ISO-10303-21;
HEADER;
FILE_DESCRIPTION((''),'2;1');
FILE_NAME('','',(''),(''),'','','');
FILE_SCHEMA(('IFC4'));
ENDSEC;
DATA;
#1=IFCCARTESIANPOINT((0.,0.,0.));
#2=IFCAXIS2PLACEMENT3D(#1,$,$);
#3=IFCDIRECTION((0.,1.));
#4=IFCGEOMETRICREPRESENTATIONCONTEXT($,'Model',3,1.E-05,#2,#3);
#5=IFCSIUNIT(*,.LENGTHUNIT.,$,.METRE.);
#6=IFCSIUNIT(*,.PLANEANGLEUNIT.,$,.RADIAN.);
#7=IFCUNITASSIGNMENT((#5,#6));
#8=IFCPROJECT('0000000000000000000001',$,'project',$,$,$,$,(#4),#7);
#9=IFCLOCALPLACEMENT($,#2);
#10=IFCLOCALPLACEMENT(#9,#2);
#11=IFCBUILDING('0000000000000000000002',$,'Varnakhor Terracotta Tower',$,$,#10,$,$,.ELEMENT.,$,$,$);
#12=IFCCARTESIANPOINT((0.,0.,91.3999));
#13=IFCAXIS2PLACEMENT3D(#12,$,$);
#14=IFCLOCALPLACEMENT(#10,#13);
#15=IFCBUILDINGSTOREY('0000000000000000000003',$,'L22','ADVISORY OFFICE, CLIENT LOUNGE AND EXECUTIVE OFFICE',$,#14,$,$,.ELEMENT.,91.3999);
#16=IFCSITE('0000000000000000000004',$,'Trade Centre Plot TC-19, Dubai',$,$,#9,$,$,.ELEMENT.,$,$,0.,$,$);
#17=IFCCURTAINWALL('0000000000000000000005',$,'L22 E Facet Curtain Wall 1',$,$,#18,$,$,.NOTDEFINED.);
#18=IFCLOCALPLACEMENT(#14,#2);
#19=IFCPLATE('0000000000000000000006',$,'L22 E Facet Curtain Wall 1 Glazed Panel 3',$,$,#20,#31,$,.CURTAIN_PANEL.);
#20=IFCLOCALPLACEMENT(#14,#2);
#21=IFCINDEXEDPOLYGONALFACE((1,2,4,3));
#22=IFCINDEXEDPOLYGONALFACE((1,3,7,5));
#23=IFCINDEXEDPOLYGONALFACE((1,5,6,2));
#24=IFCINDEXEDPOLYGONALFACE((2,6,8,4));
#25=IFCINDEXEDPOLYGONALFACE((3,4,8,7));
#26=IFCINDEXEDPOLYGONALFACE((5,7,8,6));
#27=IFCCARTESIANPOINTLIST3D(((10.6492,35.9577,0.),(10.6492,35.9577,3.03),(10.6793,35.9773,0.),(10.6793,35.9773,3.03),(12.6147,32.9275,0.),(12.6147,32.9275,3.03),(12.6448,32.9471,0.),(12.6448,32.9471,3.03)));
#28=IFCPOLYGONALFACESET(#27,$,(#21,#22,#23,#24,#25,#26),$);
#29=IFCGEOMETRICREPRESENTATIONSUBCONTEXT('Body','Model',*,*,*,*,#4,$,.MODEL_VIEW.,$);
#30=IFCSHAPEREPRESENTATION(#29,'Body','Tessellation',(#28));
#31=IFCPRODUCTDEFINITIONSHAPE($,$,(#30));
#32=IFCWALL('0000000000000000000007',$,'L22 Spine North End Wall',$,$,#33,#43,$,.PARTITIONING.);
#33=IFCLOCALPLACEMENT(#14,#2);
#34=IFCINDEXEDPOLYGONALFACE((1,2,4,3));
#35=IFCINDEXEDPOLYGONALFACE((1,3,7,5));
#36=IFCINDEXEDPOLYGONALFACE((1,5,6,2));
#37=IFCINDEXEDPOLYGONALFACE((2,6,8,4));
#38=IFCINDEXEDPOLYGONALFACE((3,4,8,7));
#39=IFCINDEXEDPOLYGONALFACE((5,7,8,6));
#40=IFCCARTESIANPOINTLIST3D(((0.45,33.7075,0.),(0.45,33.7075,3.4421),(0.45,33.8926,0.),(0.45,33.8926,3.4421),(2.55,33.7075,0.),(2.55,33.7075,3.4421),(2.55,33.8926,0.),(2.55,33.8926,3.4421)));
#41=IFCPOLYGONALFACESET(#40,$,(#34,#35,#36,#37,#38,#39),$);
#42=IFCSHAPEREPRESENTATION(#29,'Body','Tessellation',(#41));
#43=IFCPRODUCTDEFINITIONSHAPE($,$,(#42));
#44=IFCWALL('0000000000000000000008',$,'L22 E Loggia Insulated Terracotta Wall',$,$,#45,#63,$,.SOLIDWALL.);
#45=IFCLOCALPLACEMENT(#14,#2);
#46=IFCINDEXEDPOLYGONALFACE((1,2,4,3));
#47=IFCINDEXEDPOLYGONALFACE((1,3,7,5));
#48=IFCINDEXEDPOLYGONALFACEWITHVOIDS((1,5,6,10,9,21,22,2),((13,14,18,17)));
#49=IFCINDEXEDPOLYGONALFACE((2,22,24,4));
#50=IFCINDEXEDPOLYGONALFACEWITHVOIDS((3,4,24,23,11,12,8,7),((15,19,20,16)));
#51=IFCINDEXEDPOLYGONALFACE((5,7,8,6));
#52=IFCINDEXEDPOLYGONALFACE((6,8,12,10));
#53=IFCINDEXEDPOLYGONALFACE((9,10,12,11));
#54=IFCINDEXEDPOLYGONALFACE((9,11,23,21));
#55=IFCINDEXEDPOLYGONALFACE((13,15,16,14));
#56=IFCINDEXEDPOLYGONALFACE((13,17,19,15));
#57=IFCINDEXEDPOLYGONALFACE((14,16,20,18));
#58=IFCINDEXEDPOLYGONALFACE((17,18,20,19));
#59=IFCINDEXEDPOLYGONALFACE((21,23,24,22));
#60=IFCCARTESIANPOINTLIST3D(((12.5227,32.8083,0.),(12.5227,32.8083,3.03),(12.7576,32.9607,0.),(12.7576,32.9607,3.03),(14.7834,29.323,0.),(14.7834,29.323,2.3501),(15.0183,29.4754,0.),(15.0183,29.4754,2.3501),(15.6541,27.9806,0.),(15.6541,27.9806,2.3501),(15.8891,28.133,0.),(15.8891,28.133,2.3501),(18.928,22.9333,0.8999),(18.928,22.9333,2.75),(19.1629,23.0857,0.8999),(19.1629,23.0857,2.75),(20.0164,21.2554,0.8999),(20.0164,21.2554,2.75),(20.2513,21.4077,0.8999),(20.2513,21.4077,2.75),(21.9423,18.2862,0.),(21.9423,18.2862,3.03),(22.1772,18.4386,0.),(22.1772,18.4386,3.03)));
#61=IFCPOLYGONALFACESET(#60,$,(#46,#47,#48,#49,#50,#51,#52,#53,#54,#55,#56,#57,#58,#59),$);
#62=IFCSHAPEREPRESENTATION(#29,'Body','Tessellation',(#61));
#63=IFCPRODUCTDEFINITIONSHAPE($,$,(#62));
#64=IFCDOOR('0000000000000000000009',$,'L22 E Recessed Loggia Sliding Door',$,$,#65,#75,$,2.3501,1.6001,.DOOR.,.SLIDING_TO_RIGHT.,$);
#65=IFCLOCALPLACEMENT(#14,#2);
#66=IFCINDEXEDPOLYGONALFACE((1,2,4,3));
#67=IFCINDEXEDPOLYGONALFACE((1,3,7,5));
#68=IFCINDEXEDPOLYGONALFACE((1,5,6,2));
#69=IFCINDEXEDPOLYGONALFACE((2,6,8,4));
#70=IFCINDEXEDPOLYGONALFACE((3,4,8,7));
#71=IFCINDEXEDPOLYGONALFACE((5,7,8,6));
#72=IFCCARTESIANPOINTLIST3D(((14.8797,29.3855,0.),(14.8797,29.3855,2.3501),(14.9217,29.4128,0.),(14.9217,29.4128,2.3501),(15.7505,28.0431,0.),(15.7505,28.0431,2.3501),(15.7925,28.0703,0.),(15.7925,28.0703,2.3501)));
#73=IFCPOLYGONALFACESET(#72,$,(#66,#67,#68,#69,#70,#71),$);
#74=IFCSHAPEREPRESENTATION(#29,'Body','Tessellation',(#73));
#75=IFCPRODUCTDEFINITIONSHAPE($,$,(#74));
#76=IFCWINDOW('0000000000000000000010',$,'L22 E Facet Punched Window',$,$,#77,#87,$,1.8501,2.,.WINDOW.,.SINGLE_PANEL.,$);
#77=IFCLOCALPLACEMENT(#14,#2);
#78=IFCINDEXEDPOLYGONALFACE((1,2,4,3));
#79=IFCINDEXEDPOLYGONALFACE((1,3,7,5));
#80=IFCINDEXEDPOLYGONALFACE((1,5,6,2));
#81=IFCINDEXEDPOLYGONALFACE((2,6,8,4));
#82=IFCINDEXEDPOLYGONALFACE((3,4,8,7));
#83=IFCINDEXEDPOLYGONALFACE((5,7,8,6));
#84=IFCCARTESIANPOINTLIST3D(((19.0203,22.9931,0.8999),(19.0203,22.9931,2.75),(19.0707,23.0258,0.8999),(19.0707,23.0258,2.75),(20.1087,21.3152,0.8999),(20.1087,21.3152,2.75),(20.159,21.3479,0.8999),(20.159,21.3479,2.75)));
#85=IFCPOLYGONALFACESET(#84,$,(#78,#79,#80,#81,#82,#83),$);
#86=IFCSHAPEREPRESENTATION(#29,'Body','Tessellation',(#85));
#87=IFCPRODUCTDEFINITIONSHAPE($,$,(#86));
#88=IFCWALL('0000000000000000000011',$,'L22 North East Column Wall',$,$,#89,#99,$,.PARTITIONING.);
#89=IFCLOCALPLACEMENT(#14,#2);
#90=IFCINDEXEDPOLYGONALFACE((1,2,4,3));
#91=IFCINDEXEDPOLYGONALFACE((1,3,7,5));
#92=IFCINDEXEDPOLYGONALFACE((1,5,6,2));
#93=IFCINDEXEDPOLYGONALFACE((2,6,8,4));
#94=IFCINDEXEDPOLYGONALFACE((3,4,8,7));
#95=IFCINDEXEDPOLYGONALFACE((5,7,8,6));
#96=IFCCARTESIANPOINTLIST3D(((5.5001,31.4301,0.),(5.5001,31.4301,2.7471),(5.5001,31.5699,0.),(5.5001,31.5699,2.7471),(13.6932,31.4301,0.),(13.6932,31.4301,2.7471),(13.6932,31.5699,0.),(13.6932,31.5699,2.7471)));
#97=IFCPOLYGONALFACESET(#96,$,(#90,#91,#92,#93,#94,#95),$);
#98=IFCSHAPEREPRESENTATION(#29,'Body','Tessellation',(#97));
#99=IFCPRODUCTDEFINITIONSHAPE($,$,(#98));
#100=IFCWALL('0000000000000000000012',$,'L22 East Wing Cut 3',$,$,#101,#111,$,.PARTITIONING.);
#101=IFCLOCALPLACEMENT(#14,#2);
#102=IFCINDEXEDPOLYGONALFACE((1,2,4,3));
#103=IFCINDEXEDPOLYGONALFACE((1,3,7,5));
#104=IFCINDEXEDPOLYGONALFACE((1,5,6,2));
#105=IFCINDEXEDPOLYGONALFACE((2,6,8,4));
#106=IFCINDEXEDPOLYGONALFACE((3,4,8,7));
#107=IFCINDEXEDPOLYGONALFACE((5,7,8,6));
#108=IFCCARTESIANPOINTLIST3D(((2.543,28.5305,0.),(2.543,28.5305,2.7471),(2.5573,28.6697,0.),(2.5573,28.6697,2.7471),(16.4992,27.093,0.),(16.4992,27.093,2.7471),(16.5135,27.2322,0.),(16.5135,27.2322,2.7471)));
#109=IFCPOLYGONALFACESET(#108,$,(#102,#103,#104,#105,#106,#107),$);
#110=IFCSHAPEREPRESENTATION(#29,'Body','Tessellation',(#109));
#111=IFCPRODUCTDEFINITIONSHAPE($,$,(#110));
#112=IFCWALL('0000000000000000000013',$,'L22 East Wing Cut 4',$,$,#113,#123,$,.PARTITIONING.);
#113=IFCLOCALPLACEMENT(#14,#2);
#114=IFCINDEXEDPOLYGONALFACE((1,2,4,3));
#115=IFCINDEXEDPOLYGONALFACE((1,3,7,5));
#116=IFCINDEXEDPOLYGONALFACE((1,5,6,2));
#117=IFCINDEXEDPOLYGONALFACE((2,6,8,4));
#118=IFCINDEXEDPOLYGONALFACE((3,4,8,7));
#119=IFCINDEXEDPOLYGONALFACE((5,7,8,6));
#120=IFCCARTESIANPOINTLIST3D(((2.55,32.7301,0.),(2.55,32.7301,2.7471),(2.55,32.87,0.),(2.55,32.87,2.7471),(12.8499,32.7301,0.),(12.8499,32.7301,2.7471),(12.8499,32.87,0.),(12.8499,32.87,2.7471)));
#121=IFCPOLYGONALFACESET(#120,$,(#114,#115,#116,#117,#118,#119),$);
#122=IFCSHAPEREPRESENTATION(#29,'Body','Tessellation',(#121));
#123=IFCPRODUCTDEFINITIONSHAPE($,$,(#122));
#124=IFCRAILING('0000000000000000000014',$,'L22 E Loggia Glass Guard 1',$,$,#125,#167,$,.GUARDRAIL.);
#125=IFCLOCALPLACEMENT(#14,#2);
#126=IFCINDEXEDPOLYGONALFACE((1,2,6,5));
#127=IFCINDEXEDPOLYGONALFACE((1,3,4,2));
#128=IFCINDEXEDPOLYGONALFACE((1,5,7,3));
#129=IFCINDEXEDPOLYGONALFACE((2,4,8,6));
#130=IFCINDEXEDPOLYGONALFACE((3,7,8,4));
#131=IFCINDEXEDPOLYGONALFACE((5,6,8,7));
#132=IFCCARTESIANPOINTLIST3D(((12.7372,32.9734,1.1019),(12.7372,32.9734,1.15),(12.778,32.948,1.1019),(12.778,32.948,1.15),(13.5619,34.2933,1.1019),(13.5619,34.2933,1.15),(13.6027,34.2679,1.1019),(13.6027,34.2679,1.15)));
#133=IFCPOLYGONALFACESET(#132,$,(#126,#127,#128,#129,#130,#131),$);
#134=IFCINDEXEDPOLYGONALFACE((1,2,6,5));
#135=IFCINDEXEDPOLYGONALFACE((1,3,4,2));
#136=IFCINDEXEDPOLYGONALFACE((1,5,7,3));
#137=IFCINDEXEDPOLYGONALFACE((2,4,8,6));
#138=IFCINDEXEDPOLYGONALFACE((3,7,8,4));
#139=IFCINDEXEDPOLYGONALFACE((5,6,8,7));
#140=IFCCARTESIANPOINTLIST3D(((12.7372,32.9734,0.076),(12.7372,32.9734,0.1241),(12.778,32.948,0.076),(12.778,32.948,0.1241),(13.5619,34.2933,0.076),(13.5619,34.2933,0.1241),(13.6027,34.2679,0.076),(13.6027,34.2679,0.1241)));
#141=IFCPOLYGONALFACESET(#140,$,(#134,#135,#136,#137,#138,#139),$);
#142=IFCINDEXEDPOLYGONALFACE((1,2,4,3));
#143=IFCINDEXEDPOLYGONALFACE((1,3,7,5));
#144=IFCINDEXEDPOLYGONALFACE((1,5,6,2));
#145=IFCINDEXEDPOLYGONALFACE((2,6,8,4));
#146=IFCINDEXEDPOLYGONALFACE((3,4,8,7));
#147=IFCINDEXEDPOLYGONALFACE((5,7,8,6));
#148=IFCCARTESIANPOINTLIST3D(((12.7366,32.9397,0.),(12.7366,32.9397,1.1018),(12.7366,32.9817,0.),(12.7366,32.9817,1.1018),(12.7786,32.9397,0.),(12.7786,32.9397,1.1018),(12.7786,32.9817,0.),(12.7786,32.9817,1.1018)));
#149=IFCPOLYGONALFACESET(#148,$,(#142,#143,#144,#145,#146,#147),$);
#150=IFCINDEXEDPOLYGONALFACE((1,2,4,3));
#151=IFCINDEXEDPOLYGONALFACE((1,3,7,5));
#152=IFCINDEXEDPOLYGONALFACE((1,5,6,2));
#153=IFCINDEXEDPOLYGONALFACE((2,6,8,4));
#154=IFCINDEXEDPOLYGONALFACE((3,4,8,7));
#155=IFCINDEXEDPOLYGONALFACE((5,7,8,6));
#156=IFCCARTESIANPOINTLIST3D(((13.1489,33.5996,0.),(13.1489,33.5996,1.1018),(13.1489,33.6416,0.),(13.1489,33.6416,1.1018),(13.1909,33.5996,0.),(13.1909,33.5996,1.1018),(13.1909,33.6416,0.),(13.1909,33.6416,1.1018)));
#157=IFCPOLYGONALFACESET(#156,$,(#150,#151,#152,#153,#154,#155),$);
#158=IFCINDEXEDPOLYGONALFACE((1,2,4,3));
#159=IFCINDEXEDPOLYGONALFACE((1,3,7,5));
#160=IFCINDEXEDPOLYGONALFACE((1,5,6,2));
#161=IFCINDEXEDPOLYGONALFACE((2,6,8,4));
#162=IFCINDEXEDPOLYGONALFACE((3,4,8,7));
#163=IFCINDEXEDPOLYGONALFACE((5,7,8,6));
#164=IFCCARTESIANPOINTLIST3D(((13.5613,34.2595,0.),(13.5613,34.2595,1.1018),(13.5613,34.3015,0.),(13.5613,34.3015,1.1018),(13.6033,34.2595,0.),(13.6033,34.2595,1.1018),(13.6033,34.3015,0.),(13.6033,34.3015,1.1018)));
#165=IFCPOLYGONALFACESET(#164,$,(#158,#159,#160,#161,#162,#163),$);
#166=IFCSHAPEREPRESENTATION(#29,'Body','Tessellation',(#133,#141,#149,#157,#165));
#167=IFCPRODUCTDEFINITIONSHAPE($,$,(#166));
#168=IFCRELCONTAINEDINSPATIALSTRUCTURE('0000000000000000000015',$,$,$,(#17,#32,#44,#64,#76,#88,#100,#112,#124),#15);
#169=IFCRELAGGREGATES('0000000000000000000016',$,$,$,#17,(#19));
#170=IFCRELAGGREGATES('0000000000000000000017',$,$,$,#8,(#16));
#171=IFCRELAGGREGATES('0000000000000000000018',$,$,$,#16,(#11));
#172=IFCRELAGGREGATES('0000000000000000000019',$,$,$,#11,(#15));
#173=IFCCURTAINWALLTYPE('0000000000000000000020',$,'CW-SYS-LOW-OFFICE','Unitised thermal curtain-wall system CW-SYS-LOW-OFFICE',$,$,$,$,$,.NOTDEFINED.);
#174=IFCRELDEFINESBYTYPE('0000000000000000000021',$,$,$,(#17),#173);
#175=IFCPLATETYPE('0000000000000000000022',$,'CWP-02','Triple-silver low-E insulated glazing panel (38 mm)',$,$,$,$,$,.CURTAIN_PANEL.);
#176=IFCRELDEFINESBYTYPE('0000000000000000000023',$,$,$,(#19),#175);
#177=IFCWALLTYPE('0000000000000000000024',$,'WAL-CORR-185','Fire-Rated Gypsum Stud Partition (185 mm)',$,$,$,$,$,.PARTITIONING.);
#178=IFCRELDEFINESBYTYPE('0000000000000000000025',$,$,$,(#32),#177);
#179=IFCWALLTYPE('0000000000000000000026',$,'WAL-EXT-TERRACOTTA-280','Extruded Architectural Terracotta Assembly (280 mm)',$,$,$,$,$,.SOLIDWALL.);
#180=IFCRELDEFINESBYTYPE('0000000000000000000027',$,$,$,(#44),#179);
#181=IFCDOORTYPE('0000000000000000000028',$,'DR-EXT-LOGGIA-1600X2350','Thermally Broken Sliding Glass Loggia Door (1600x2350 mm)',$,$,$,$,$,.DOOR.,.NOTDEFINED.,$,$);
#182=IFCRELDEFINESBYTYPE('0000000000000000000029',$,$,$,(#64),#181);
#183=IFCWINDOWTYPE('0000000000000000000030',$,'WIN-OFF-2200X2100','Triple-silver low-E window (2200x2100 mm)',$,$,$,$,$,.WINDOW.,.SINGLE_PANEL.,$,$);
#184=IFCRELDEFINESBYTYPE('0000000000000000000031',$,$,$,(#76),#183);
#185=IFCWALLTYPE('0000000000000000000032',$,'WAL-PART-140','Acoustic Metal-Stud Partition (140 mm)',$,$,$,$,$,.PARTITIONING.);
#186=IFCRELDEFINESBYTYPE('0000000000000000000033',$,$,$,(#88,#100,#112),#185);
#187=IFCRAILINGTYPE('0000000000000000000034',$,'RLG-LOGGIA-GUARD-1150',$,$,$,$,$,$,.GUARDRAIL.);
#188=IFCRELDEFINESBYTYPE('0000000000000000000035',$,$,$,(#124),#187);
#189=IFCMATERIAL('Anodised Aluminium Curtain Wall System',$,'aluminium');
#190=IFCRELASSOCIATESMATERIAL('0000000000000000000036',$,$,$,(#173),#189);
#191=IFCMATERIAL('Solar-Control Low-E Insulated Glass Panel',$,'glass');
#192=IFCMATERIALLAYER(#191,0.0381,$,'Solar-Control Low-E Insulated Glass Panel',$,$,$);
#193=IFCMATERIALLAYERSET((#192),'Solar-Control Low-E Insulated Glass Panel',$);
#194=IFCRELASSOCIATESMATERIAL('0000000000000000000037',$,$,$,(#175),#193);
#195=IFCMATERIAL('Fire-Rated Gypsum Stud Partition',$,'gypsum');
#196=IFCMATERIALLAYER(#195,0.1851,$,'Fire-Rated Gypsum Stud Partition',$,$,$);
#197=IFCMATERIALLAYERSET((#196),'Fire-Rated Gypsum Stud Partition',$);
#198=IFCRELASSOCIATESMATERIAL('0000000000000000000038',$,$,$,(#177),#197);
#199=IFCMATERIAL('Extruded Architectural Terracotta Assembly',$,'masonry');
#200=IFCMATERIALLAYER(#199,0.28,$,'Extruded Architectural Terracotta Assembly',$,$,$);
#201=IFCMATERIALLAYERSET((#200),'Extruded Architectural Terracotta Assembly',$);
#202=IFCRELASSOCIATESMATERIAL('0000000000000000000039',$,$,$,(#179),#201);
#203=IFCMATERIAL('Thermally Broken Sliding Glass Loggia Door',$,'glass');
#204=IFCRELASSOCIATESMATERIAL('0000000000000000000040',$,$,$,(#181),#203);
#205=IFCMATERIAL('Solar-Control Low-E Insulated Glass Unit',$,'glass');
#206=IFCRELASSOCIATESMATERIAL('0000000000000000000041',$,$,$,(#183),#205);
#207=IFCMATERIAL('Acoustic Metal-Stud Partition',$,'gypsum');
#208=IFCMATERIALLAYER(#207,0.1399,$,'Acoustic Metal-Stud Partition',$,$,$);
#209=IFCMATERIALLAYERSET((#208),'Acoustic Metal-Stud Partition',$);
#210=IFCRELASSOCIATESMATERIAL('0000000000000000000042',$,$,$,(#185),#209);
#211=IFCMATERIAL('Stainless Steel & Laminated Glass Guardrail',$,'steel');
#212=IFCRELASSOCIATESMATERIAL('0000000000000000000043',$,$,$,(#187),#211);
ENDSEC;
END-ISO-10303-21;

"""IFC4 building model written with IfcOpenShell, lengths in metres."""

from ifc_helpers import new_model, si_unit, direction, frame, frame_2d, origin, origin_2d, place, context, subcontext, project, spatial, rectangle, extrude, source, transform, mapped, material, layer, layer_set, type_object, type_shapes, element, fill, aggregate, save


model = new_model("IFC4")

# Units and contexts
model_context = context("Model", 3, precision=1e-05, world=origin(), true_north=direction((0.0, 1.0)))
body_context = subcontext(model_context, "Body", "Model", "MODEL_VIEW")
ifc_project = project(units=[si_unit("LENGTHUNIT", "METRE"), si_unit("PLANEANGLEUNIT", "RADIAN")], contexts=[model_context])

# Site, building, storey
site_placement = place(None, origin())
site = spatial("IfcSite", under=ifc_project, at=site_placement, Name="Trade Centre Plot TC-19, Dubai", CompositionType="ELEMENT", RefElevation=0.0)
building_placement = place(site_placement, origin())
building = spatial("IfcBuilding", under=site, at=building_placement, Name="Varnakhor Terracotta Tower", CompositionType="ELEMENT")
storey_placement = place(building_placement, frame((0.0, 0.0, 91.3999)))
storey = spatial("IfcBuildingStorey", under=building, at=storey_placement, Name="L22", Description="ADVISORY OFFICE, CLIENT LOUNGE AND EXECUTIVE OFFICE", CompositionType="ELEMENT", Elevation=91.3999)

# Shared definitions
ifc_material_1 = material(Name="Anodised Aluminium Curtain Wall System", Category="aluminium")
curtain_wall_type = type_object("IfcCurtainWallType", Name="CW-SYS-LOW-OFFICE", Description="Unitised thermal curtain-wall system CW-SYS-LOW-OFFICE", PredefinedType="NOTDEFINED", material=ifc_material_1)

# Curtain wall
curtain_wall_1_placement = place(storey_placement, origin())
curtain_wall_1 = element("IfcCurtainWall", 1, at=curtain_wall_1_placement, inside=storey, type_object=curtain_wall_type, Name="L22 E Facet Curtain Wall 1", PredefinedType="NOTDEFINED")

# Plate
ifc_material_2 = material(Name="Solar-Control Low-E Insulated Glass Panel", Category="glass")
ifc_layer_1 = layer(ifc_material_2, 0.0381, Name="Solar-Control Low-E Insulated Glass Panel")
ifc_layer_set_1 = layer_set([ifc_layer_1], Name="Solar-Control Low-E Insulated Glass Panel")
plate_type = type_object("IfcPlateType", Name="CWP-02", Description="Triple-silver low-E insulated glazing panel (38 mm)", PredefinedType="CURTAIN_PANEL", material=ifc_layer_set_1)
shared_shape_1 = source(origin(), body_context, "Body", "SweptSolid", [
    extrude(rectangle(XDim=3.6118, YDim=0.0359, at=origin_2d()), origin(), (0.0, 0.0, 1.0), 3.03),
])
plate_1_placement = place(storey_placement, frame((11.647, 34.4524, 0.0), z_axis=(0.0, 0.0, 1.0), x_axis=(0.544185, -0.838965, 0.0)))
plate_1 = element("IfcPlate", 2, at=plate_1_placement, type_object=plate_type, Name="L22 E Facet Curtain Wall 1 Glazed Panel 3", PredefinedType="CURTAIN_PANEL", context=body_context, shape_type="MappedRepresentation", body=[
    mapped(shared_shape_1, transform((0.0, 0.0, 0.0), scale=1.0)),
])
aggregate(curtain_wall_1, [plate_1])

# Wall
ifc_material_3 = material(Name="Fire-Rated Gypsum Stud Partition", Category="gypsum")
ifc_layer_2 = layer(ifc_material_3, 0.1851, Name="Fire-Rated Gypsum Stud Partition")
ifc_layer_set_2 = layer_set([ifc_layer_2], Name="Fire-Rated Gypsum Stud Partition")
wall_type_1 = type_object("IfcWallType", Name="WAL-CORR-185", Description="Fire-Rated Gypsum Stud Partition (185 mm)", PredefinedType="PARTITIONING", material=ifc_layer_set_2)
wall_1_placement = place(storey_placement, frame((0.45, 33.8, 0.0), z_axis=(0.0, 0.0, 1.0), x_axis=(1.0, 0.0, 0.0)))
element("IfcWall", 3, at=wall_1_placement, inside=storey, type_object=wall_type_1, Name="L22 Spine North End Wall", PredefinedType="PARTITIONING", context=body_context, shape_type="SweptSolid", body=[
    extrude(rectangle(XDim=2.1001, YDim=0.1851, at=frame_2d((1.05, 0.0))), origin(), (0.0, 0.0, 1.0), 3.4421),
])

# Wall, openings, door, window
ifc_material_4 = material(Name="Extruded Architectural Terracotta Assembly", Category="masonry")
ifc_layer_3 = layer(ifc_material_4, 0.28, Name="Extruded Architectural Terracotta Assembly")
ifc_layer_set_3 = layer_set([ifc_layer_3], Name="Extruded Architectural Terracotta Assembly")
wall_type_2 = type_object("IfcWallType", Name="WAL-EXT-TERRACOTTA-280", Description="Extruded Architectural Terracotta Assembly (280 mm)", PredefinedType="SOLIDWALL", material=ifc_layer_set_3)
wall_2_placement = place(storey_placement, frame((12.6401, 32.8845, 0.0), z_axis=(0.0, 0.0, 1.0), x_axis=(0.544185, -0.838965, 0.0)))
wall_2 = element("IfcWall", 4, at=wall_2_placement, inside=storey, type_object=wall_type_2, Name="L22 E Loggia Insulated Terracotta Wall", PredefinedType="SOLIDWALL", context=body_context, shape_type="SweptSolid", body=[
    extrude(rectangle(XDim=17.3096, YDim=0.28, at=frame_2d((8.6548, 0.0))), origin(), (0.0, 0.0, 1.0), 3.03),
])
opening_1_placement = place(wall_2_placement, frame((4.1543, 0.0, 0.0)))
opening_1 = element("IfcOpeningElement", 5, at=opening_1_placement, cuts=wall_2, PredefinedType="OPENING", context=body_context, shape_type="SweptSolid", body=[
    extrude(rectangle(XDim=1.6001, YDim=2.3501, at=frame_2d((0.8, 1.175))), frame((0.0, 0.1499, 0.0), z_axis=(0.0, -1.0, 0.0), x_axis=(1.0, 0.0, 0.0)), (0.0, 0.0, 1.0), 0.3),
])
opening_2_placement = place(wall_2_placement, frame((11.7705, 0.0, 0.8999)))
opening_2 = element("IfcOpeningElement", 6, at=opening_2_placement, cuts=wall_2, PredefinedType="OPENING", context=body_context, shape_type="SweptSolid", body=[
    extrude(rectangle(XDim=2.0, YDim=1.8501, at=frame_2d((1.0, 0.925))), frame((0.0, 0.1499, 0.0), z_axis=(0.0, -1.0, 0.0), x_axis=(1.0, 0.0, 0.0)), (0.0, 0.0, 1.0), 0.3),
])
ifc_material_5 = material(Name="Thermally Broken Sliding Glass Loggia Door", Category="glass")
door_type = type_object("IfcDoorType", Name="DR-EXT-LOGGIA-1600X2350", Description="Thermally Broken Sliding Glass Loggia Door (1600x2350 mm)", OperationType="NOTDEFINED", PredefinedType="DOOR", material=ifc_material_5)
shared_shape_2 = source(origin(), body_context, "Body", "SweptSolid", [
    extrude(rectangle(XDim=1.6001, YDim=2.3501, at=frame_2d((0.8, 1.175))), frame((0.0, 0.0249, 0.0), z_axis=(0.0, -1.0, 0.0), x_axis=(1.0, 0.0, 0.0)), (0.0, 0.0, 1.0), 0.05),
])
type_shapes(door_type, [shared_shape_2])
door_placement = place(opening_1_placement, origin())
door = element("IfcDoor", 7, at=door_placement, inside=storey, type_object=door_type, Name="L22 E Recessed Loggia Sliding Door", OperationType="SLIDING_TO_RIGHT", OverallHeight=2.3501, OverallWidth=1.6001, PredefinedType="DOOR", context=body_context, shape_type="MappedRepresentation", body=[
    mapped(shared_shape_2, transform((0.0, 0.0, 0.0), scale=1.0)),
])
fill(opening_1, door)
ifc_material_6 = material(Name="Solar-Control Low-E Insulated Glass Unit", Category="glass")
window_type = type_object("IfcWindowType", Name="WIN-OFF-2200X2100", Description="Triple-silver low-E window (2200x2100 mm)", PartitioningType="SINGLE_PANEL", PredefinedType="WINDOW", material=ifc_material_6)
shared_shape_3 = source(origin(), body_context, "Body", "SweptSolid", [
    extrude(rectangle(XDim=2.0, YDim=1.8501, at=frame_2d((1.0, 0.925))), frame((0.0, 0.03, 0.0), z_axis=(0.0, -1.0, 0.0), x_axis=(1.0, 0.0, 0.0)), (0.0, 0.0, 1.0), 0.0601),
])
type_shapes(window_type, [shared_shape_3])
window_placement = place(opening_2_placement, origin())
window = element("IfcWindow", 8, at=window_placement, inside=storey, type_object=window_type, Name="L22 E Facet Punched Window", OverallHeight=1.8501, OverallWidth=2.0, PartitioningType="SINGLE_PANEL", PredefinedType="WINDOW", context=body_context, shape_type="MappedRepresentation", body=[
    mapped(shared_shape_3, transform((0.0, 0.0, 0.0), scale=1.0)),
])
fill(opening_2, window)

# Walls
ifc_material_7 = material(Name="Acoustic Metal-Stud Partition", Category="gypsum")
ifc_layer_4 = layer(ifc_material_7, 0.1399, Name="Acoustic Metal-Stud Partition")
ifc_layer_set_4 = layer_set([ifc_layer_4], Name="Acoustic Metal-Stud Partition")
wall_type_3 = type_object("IfcWallType", Name="WAL-PART-140", Description="Acoustic Metal-Stud Partition (140 mm)", PredefinedType="PARTITIONING", material=ifc_layer_set_4)
wall_3_placement = place(storey_placement, frame((5.5, 31.5, 0.0), z_axis=(0.0, 0.0, 1.0), x_axis=(1.0, 0.0, 0.0)))
element("IfcWall", 9, at=wall_3_placement, inside=storey, type_object=wall_type_3, Name="L22 North East Column Wall", PredefinedType="PARTITIONING", context=body_context, shape_type="SweptSolid", body=[
    extrude(rectangle(XDim=8.1931, YDim=0.1399, at=frame_2d((4.0967, 0.0))), origin(), (0.0, 0.0, 1.0), 2.7471),
])
wall_4_placement = place(storey_placement, frame((2.55, 28.6001, 0.0), z_axis=(0.0, 0.0, 1.0), x_axis=(0.994737, -0.102458, 0.0)))
element("IfcWall", 10, at=wall_4_placement, inside=storey, type_object=wall_type_3, Name="L22 East Wing Cut 3", PredefinedType="PARTITIONING", context=body_context, shape_type="SweptSolid", body=[
    extrude(rectangle(XDim=14.03, YDim=0.1399, at=frame_2d((7.0151, 0.0))), origin(), (0.0, 0.0, 1.0), 2.7471),
])
wall_5_placement = place(storey_placement, frame((2.55, 32.8, 0.0), z_axis=(0.0, 0.0, 1.0), x_axis=(1.0, 0.0, 0.0)))
element("IfcWall", 11, at=wall_5_placement, inside=storey, type_object=wall_type_3, Name="L22 East Wing Cut 4", PredefinedType="PARTITIONING", context=body_context, shape_type="SweptSolid", body=[
    extrude(rectangle(XDim=10.2998, YDim=0.1399, at=frame_2d((5.1499, 0.0))), origin(), (0.0, 0.0, 1.0), 2.7471),
])

# Railing
ifc_material_8 = material(Name="Stainless Steel & Laminated Glass Guardrail", Category="steel")
railing_type = type_object("IfcRailingType", Name="RLG-LOGGIA-GUARD-1150", PredefinedType="GUARDRAIL", material=ifc_material_8)
railing_1_placement = place(storey_placement, frame((12.7576, 32.9607, 0.0)))
element("IfcRailing", 12, at=railing_1_placement, inside=storey, type_object=railing_type, Name="L22 E Loggia Glass Guard 1", PredefinedType="GUARDRAIL", context=body_context, shape_type="SweptSolid", body=[
    extrude(rectangle(XDim=0.0481, YDim=0.0481, at=origin_2d()), frame((0.0, 0.0, 1.126), z_axis=(0.529914, 0.848051, 0.0), x_axis=(-0.848051, 0.529914, 0.0)), (0.0, 0.0, 1.0), 1.5564),
    extrude(rectangle(XDim=0.0481, YDim=0.0481, at=origin_2d()), frame((0.0, 0.0, 0.1001), z_axis=(0.529914, 0.848051, 0.0), x_axis=(-0.848051, 0.529914, 0.0)), (0.0, 0.0, 1.0), 1.5564),
    extrude(rectangle(XDim=0.042, YDim=0.042, at=origin_2d()), origin(), (0.0, 0.0, 1.0), 1.1018),
    extrude(rectangle(XDim=0.042, YDim=0.042, at=origin_2d()), frame((0.4124, 0.6599, 0.0)), (0.0, 0.0, 1.0), 1.1018),
    extrude(rectangle(XDim=0.042, YDim=0.042, at=origin_2d()), frame((0.8247, 1.3198, 0.0)), (0.0, 0.0, 1.0), 1.1018),
])

save(model, "model.ifc")
